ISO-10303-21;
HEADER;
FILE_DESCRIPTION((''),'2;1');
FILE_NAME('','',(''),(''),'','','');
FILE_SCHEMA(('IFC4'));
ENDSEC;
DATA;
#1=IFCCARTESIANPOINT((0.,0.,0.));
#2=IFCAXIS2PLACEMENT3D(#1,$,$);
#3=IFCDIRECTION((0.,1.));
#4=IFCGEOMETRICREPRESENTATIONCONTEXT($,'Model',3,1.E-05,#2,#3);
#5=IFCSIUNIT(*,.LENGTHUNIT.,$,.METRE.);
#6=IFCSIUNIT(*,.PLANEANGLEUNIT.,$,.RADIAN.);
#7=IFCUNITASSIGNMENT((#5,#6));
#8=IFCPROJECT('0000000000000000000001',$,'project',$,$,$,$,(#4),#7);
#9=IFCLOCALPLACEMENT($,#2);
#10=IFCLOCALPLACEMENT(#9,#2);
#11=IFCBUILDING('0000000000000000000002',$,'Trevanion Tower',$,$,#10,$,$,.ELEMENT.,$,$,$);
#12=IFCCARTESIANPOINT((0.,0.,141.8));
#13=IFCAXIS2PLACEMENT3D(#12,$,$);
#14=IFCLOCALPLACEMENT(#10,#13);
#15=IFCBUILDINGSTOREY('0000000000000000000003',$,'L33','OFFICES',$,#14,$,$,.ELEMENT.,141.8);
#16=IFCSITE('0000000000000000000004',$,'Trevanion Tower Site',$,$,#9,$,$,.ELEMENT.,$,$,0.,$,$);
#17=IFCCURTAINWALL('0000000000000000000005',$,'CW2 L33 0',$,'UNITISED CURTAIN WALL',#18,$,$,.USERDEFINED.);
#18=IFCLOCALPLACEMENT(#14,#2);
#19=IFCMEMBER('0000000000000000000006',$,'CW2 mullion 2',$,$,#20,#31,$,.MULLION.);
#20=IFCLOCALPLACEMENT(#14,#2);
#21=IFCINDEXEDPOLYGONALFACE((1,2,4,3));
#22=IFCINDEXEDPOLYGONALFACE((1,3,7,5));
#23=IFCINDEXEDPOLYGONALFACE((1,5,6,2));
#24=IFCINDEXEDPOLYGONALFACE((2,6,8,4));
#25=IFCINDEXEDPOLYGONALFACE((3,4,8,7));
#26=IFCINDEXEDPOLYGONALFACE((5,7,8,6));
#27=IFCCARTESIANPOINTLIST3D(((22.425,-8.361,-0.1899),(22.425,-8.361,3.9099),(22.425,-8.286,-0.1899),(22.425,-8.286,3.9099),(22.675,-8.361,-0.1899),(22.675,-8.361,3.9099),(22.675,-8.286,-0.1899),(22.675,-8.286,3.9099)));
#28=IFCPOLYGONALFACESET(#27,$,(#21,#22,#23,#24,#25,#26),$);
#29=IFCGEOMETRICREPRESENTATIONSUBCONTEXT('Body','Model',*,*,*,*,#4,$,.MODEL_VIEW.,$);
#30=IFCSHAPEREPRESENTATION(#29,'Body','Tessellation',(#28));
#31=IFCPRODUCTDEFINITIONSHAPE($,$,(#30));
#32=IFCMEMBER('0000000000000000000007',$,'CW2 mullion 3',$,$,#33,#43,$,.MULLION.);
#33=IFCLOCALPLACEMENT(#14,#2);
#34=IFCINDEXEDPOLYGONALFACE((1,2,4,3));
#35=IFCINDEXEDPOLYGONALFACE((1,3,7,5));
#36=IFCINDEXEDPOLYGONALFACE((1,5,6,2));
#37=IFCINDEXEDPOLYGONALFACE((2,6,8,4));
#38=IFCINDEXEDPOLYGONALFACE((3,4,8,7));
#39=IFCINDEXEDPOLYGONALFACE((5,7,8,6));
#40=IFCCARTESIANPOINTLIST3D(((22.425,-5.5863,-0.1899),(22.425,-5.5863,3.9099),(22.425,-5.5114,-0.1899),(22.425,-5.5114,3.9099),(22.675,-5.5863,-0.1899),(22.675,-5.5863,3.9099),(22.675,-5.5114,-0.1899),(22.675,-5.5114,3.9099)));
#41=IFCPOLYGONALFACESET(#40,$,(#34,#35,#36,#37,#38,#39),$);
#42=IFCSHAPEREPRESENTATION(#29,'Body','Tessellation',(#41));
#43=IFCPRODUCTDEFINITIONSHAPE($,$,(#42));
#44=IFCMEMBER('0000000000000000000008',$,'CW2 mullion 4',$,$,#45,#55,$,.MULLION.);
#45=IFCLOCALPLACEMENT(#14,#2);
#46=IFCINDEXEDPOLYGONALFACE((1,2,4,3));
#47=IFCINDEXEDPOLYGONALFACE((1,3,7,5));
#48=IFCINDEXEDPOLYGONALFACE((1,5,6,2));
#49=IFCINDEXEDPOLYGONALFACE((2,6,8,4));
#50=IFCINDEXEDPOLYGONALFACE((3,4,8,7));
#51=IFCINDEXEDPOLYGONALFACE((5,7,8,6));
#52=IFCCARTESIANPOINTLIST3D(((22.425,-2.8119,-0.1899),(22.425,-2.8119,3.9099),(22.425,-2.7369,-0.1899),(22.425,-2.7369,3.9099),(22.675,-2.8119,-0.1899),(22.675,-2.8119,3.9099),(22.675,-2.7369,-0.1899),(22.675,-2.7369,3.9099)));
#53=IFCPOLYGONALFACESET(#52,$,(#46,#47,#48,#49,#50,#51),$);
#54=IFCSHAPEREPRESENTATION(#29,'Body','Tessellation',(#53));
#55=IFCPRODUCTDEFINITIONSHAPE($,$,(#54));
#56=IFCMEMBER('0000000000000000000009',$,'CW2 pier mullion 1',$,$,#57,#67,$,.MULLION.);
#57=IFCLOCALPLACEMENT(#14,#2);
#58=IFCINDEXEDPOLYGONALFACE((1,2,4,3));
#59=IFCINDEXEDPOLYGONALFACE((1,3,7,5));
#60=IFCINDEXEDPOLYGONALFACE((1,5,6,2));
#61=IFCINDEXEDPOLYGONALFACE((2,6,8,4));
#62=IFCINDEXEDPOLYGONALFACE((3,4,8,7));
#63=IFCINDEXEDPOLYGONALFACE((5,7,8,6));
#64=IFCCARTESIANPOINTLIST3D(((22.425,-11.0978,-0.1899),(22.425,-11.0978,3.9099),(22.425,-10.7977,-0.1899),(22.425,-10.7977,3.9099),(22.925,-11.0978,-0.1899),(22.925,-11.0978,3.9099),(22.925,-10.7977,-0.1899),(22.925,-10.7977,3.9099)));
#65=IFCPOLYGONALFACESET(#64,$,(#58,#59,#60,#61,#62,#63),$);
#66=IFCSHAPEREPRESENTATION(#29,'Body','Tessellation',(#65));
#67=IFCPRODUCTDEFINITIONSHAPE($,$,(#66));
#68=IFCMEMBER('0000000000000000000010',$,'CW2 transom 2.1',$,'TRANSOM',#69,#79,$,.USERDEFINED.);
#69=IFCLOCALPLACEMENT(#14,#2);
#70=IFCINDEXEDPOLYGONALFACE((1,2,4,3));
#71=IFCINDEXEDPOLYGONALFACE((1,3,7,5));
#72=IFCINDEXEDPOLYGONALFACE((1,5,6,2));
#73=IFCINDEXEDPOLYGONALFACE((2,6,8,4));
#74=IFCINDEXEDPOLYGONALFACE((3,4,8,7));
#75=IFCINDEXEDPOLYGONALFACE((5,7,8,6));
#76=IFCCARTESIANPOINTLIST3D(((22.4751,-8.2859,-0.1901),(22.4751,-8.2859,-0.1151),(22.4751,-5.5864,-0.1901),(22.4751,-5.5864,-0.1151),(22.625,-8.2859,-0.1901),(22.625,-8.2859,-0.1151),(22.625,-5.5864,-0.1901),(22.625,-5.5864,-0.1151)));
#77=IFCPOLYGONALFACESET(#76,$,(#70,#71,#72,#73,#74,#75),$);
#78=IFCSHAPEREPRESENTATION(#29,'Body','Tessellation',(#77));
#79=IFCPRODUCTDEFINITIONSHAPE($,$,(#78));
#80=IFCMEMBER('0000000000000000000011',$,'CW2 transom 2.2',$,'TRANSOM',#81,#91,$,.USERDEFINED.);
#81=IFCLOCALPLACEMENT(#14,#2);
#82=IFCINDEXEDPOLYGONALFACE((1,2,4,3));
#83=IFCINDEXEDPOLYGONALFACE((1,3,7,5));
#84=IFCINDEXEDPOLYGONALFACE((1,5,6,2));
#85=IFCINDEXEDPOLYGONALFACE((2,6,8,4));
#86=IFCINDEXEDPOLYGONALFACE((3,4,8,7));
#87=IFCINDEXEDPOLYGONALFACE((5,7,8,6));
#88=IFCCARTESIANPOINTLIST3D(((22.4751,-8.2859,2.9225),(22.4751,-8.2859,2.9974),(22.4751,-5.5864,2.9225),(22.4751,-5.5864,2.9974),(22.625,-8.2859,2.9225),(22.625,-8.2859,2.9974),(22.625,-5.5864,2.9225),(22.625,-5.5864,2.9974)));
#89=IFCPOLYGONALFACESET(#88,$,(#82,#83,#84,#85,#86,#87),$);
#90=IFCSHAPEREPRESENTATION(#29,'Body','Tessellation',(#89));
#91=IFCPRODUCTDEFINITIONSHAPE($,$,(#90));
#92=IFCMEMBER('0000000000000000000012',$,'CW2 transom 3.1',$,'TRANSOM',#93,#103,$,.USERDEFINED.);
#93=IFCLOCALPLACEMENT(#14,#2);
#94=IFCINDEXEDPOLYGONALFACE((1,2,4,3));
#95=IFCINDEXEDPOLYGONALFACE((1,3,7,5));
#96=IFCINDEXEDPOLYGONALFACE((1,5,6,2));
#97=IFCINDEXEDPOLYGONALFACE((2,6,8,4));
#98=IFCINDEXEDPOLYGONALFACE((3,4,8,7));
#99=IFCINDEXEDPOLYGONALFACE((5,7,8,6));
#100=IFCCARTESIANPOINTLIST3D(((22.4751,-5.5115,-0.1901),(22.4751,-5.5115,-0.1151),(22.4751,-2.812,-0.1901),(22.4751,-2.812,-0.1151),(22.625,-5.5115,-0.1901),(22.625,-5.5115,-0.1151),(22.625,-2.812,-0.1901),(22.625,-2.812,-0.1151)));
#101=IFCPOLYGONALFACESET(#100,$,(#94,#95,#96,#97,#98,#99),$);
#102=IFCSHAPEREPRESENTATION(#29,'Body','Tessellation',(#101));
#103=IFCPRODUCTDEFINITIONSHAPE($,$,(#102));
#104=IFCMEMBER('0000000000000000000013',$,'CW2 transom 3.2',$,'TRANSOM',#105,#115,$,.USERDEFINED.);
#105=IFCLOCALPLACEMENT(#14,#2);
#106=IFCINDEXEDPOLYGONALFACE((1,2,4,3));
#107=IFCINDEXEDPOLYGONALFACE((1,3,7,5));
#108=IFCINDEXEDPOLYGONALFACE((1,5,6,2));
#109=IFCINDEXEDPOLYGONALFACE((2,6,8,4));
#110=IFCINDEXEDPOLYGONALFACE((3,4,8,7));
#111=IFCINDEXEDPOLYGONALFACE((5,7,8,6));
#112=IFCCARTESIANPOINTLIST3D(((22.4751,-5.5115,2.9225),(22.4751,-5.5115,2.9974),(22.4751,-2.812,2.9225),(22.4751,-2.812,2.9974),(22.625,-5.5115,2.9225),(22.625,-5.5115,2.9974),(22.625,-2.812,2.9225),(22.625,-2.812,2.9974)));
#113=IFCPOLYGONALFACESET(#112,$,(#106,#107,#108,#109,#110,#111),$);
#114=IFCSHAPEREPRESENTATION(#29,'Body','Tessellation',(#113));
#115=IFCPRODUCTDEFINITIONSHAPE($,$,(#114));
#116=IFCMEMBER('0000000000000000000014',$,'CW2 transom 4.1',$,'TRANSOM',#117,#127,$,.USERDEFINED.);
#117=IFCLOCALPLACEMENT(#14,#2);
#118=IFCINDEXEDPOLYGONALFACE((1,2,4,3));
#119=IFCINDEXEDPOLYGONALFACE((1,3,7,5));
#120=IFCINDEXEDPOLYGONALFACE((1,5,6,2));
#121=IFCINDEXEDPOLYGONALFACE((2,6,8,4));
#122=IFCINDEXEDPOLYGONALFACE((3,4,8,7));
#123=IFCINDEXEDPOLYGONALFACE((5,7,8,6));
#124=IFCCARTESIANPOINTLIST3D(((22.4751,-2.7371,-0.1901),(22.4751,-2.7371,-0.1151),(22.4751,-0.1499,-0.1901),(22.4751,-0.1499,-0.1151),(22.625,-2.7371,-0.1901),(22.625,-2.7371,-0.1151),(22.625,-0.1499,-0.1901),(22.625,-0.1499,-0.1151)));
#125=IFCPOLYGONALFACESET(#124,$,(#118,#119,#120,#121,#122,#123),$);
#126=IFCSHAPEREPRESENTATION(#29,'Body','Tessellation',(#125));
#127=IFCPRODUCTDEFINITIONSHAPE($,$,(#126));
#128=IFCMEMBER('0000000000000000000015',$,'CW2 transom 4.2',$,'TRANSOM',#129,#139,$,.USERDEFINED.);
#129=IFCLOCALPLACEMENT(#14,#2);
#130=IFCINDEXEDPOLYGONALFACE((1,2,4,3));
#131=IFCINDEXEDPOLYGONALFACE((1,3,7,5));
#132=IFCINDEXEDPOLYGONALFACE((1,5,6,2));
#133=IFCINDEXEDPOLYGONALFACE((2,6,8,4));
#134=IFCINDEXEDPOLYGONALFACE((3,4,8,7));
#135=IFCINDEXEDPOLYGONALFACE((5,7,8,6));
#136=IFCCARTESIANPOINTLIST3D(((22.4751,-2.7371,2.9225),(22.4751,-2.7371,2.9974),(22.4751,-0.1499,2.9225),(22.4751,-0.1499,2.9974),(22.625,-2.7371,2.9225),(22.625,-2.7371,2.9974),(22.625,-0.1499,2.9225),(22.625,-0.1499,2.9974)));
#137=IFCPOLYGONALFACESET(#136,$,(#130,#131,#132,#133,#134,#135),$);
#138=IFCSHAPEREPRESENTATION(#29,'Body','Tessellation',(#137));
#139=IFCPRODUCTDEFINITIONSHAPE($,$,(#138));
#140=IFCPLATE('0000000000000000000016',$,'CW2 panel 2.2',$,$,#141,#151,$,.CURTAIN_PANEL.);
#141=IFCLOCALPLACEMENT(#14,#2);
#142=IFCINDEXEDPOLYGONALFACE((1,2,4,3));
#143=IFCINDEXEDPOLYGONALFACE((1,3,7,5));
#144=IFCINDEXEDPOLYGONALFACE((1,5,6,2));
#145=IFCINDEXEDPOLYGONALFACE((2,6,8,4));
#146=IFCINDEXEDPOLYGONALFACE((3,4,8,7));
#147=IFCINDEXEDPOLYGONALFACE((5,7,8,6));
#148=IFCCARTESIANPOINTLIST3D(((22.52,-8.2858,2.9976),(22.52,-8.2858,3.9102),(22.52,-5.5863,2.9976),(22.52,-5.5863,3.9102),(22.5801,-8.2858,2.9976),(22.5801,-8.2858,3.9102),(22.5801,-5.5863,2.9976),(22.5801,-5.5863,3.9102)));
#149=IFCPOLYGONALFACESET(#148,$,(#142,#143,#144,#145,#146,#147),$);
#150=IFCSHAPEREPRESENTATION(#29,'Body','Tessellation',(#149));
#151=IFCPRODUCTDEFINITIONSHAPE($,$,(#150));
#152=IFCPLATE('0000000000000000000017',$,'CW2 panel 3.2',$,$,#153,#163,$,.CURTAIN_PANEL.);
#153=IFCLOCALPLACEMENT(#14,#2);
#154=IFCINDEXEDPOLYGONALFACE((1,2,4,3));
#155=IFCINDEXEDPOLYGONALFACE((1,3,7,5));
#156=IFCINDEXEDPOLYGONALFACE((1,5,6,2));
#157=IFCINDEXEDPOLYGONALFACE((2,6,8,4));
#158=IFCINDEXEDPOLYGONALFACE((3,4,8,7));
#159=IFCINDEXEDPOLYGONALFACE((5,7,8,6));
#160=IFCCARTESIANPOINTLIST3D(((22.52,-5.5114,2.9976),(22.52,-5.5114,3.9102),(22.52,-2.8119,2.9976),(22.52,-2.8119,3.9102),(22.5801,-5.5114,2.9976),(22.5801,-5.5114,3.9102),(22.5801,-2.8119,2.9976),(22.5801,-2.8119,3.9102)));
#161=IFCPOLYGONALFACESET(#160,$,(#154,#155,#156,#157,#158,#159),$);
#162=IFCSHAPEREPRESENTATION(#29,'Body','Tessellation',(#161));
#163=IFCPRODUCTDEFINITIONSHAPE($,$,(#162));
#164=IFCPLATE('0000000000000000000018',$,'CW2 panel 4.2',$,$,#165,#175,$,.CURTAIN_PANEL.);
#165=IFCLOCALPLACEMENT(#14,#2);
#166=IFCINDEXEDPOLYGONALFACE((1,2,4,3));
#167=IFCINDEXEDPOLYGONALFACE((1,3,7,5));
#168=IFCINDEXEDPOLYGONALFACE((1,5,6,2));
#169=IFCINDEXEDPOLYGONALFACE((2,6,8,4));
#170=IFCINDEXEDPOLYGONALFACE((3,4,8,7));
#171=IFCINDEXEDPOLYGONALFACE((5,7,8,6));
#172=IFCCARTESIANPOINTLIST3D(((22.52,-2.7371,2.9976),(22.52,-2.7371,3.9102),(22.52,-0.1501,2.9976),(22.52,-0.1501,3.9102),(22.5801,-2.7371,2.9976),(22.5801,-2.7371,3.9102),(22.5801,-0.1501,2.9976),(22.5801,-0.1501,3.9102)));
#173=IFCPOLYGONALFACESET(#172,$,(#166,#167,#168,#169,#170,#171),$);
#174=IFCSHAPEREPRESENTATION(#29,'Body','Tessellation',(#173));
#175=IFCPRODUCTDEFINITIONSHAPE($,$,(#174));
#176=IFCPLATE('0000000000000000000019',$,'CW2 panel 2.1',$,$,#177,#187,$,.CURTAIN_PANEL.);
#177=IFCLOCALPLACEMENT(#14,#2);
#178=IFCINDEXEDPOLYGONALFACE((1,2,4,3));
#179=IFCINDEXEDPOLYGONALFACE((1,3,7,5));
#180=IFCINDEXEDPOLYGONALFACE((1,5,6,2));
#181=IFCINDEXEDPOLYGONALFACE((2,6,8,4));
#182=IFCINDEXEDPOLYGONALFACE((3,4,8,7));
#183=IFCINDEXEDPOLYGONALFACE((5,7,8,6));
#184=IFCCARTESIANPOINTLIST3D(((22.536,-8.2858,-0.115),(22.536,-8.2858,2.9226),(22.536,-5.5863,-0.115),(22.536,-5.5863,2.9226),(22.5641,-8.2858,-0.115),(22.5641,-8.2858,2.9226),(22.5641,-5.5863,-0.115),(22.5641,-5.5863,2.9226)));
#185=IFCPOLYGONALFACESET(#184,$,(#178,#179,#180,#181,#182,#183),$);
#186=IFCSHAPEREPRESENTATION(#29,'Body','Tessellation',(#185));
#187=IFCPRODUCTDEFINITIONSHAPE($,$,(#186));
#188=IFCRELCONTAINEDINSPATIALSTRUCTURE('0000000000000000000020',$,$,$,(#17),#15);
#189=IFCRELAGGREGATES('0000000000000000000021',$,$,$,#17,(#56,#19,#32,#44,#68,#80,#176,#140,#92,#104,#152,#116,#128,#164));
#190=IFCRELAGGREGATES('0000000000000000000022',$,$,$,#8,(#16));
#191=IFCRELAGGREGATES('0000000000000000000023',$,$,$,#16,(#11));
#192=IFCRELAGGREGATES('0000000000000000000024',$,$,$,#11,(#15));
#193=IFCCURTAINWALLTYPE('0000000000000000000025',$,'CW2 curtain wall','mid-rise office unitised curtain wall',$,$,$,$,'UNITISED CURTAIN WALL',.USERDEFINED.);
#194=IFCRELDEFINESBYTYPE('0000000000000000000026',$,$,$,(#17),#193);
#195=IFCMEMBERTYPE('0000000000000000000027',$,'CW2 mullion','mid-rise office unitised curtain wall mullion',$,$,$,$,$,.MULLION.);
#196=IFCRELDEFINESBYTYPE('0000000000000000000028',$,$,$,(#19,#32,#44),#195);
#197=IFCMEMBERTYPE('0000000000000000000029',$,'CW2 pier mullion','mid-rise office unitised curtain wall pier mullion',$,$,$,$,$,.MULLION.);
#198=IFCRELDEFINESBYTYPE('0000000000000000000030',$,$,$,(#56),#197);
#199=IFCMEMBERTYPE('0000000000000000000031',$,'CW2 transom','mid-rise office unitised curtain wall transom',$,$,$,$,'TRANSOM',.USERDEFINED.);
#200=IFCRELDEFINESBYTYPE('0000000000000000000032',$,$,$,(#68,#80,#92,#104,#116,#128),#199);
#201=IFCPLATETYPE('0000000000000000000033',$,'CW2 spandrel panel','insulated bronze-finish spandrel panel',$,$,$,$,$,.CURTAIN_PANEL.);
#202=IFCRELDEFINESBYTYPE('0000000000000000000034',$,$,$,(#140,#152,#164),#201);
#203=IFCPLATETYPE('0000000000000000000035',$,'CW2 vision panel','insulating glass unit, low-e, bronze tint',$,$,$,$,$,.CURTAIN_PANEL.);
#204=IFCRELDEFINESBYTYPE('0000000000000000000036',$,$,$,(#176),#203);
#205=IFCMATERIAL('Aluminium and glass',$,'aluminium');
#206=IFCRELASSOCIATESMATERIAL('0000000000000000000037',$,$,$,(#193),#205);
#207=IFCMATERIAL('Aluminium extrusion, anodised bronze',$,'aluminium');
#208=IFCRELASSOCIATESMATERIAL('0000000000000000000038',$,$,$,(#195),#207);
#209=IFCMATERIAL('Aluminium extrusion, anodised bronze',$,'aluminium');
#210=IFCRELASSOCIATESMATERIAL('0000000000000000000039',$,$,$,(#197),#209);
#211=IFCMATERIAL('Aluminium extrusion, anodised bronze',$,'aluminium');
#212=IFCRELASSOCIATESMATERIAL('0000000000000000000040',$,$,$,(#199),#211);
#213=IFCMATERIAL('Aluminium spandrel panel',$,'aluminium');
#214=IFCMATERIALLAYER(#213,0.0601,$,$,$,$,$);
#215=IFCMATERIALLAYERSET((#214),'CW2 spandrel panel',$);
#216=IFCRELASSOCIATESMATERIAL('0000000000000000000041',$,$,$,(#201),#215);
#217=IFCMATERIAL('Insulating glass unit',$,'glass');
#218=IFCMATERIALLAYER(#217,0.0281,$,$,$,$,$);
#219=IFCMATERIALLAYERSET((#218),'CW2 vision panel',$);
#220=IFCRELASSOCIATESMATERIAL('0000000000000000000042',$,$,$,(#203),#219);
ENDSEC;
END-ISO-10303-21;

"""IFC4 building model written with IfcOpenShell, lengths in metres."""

from ifc_helpers import new_model, si_unit, direction, frame, origin, origin_2d, place, context, subcontext, project, spatial, rectangle, extrude, material, layer, layer_set, material_profile, profile_set, type_object, element, aggregate, save


model = new_model("IFC4")

# Units and contexts
model_context = context("Model", 3, precision=1e-05, world=origin(), true_north=direction((0.0, 1.0)))
body_context = subcontext(model_context, "Body", "Model", "MODEL_VIEW")
ifc_project = project(units=[si_unit("LENGTHUNIT", "METRE"), si_unit("PLANEANGLEUNIT", "RADIAN")], contexts=[model_context])

# Site, building, storey
site_placement = place(None, origin())
site = spatial("IfcSite", under=ifc_project, at=site_placement, Name="Trevanion Tower Site", CompositionType="ELEMENT", RefElevation=0.0)
building_placement = place(site_placement, origin())
building = spatial("IfcBuilding", under=site, at=building_placement, Name="Trevanion Tower", CompositionType="ELEMENT")
storey_placement = place(building_placement, frame((0.0, 0.0, 141.8)))
storey = spatial("IfcBuildingStorey", under=building, at=storey_placement, Name="L33", Description="OFFICES", CompositionType="ELEMENT", Elevation=141.8)

# Curtain wall, members, plates
ifc_material_1 = material(Name="Aluminium and glass", Category="aluminium")
curtain_wall_type = type_object("IfcCurtainWallType", Name="CW2 curtain wall", Description="mid-rise office unitised curtain wall", ElementType="UNITISED CURTAIN WALL", PredefinedType="USERDEFINED", material=ifc_material_1)
curtain_wall_placement = place(storey_placement, origin())
curtain_wall = element("IfcCurtainWall", 1, at=curtain_wall_placement, inside=storey, type_object=curtain_wall_type, Name="CW2 L33 0", ObjectType="UNITISED CURTAIN WALL", PredefinedType="USERDEFINED")
ifc_material_2 = material(Name="Aluminium extrusion, anodised bronze", Category="aluminium")
ifc_material_profile_1 = material_profile(ifc_material_2, rectangle(XDim=0.075, YDim=0.25, at=origin_2d()), Name="CW2 mullion")
ifc_profile_set_1 = profile_set([ifc_material_profile_1], Name="Aluminium extrusion, anodised bronze")
member_type_1 = type_object("IfcMemberType", Name="CW2 mullion", Description="mid-rise office unitised curtain wall mullion", PredefinedType="MULLION", material=ifc_profile_set_1)
member_1_placement = place(storey_placement, frame((22.55, -8.3235, -0.1899), z_axis=(0.0, 0.0, 1.0), x_axis=(0.0, 1.0, 0.0)))
member_1 = element("IfcMember", 2, at=member_1_placement, type_object=member_type_1, Name="CW2 mullion 2", PredefinedType="MULLION", context=body_context, shape_type="SweptSolid", body=[
    extrude(rectangle(XDim=0.075, YDim=0.25, at=origin_2d()), origin(), (0.0, 0.0, 1.0), 4.0999),
])
member_2_placement = place(storey_placement, frame((22.55, -5.5488, -0.1899), z_axis=(0.0, 0.0, 1.0), x_axis=(0.0, 1.0, 0.0)))
member_2 = element("IfcMember", 3, at=member_2_placement, type_object=member_type_1, Name="CW2 mullion 3", PredefinedType="MULLION", context=body_context, shape_type="SweptSolid", body=[
    extrude(rectangle(XDim=0.075, YDim=0.25, at=origin_2d()), origin(), (0.0, 0.0, 1.0), 4.0999),
])
member_3_placement = place(storey_placement, frame((22.55, -2.7744, -0.1899), z_axis=(0.0, 0.0, 1.0), x_axis=(0.0, 1.0, 0.0)))
member_3 = element("IfcMember", 4, at=member_3_placement, type_object=member_type_1, Name="CW2 mullion 4", PredefinedType="MULLION", context=body_context, shape_type="SweptSolid", body=[
    extrude(rectangle(XDim=0.075, YDim=0.25, at=origin_2d()), origin(), (0.0, 0.0, 1.0), 4.0999),
])
ifc_material_3 = material(Name="Aluminium extrusion, anodised bronze", Category="aluminium")
ifc_material_profile_2 = material_profile(ifc_material_3, rectangle(XDim=0.3, YDim=0.5, at=origin_2d()), Name="CW2 pier mullion")
ifc_profile_set_2 = profile_set([ifc_material_profile_2], Name="Aluminium extrusion, anodised bronze")
member_type_2 = type_object("IfcMemberType", Name="CW2 pier mullion", Description="mid-rise office unitised curtain wall pier mullion", PredefinedType="MULLION", material=ifc_profile_set_2)
member_4_placement = place(storey_placement, frame((22.675, -10.9478, -0.1899), z_axis=(0.0, 0.0, 1.0), x_axis=(0.0, 1.0, 0.0)))
member_4 = element("IfcMember", 5, at=member_4_placement, type_object=member_type_2, Name="CW2 pier mullion 1", PredefinedType="MULLION", context=body_context, shape_type="SweptSolid", body=[
    extrude(rectangle(XDim=0.3, YDim=0.5, at=origin_2d()), origin(), (0.0, 0.0, 1.0), 4.0999),
])
ifc_material_4 = material(Name="Aluminium extrusion, anodised bronze", Category="aluminium")
ifc_material_profile_3 = material_profile(ifc_material_4, rectangle(XDim=0.1499, YDim=0.075, at=origin_2d()), Name="CW2 transom")
ifc_profile_set_3 = profile_set([ifc_material_profile_3], Name="Aluminium extrusion, anodised bronze")
member_type_3 = type_object("IfcMemberType", Name="CW2 transom", Description="mid-rise office unitised curtain wall transom", ElementType="TRANSOM", PredefinedType="USERDEFINED", material=ifc_profile_set_3)
member_5_placement = place(storey_placement, frame((22.55, -8.2859, -0.1526), z_axis=(0.0, 1.0, 0.0), x_axis=(-1.0, 0.0, 0.0)))
member_5 = element("IfcMember", 6, at=member_5_placement, type_object=member_type_3, Name="CW2 transom 2.1", ObjectType="TRANSOM", PredefinedType="USERDEFINED", context=body_context, shape_type="SweptSolid", body=[
    extrude(rectangle(XDim=0.1499, YDim=0.075, at=origin_2d()), origin(), (0.0, 0.0, 1.0), 2.6995),
])
member_6_placement = place(storey_placement, frame((22.55, -8.2859, 2.96), z_axis=(0.0, 1.0, 0.0), x_axis=(-1.0, 0.0, 0.0)))
member_6 = element("IfcMember", 7, at=member_6_placement, type_object=member_type_3, Name="CW2 transom 2.2", ObjectType="TRANSOM", PredefinedType="USERDEFINED", context=body_context, shape_type="SweptSolid", body=[
    extrude(rectangle(XDim=0.1499, YDim=0.075, at=origin_2d()), origin(), (0.0, 0.0, 1.0), 2.6995),
])
member_7_placement = place(storey_placement, frame((22.55, -5.5115, -0.1526), z_axis=(0.0, 1.0, 0.0), x_axis=(-1.0, 0.0, 0.0)))
member_7 = element("IfcMember", 8, at=member_7_placement, type_object=member_type_3, Name="CW2 transom 3.1", ObjectType="TRANSOM", PredefinedType="USERDEFINED", context=body_context, shape_type="SweptSolid", body=[
    extrude(rectangle(XDim=0.1499, YDim=0.075, at=origin_2d()), origin(), (0.0, 0.0, 1.0), 2.6995),
])
member_8_placement = place(storey_placement, frame((22.55, -5.5115, 2.96), z_axis=(0.0, 1.0, 0.0), x_axis=(-1.0, 0.0, 0.0)))
member_8 = element("IfcMember", 9, at=member_8_placement, type_object=member_type_3, Name="CW2 transom 3.2", ObjectType="TRANSOM", PredefinedType="USERDEFINED", context=body_context, shape_type="SweptSolid", body=[
    extrude(rectangle(XDim=0.1499, YDim=0.075, at=origin_2d()), origin(), (0.0, 0.0, 1.0), 2.6995),
])
member_9_placement = place(storey_placement, frame((22.55, -2.7371, -0.1526), z_axis=(0.0, 1.0, 0.0), x_axis=(-1.0, 0.0, 0.0)))
member_9 = element("IfcMember", 10, at=member_9_placement, type_object=member_type_3, Name="CW2 transom 4.1", ObjectType="TRANSOM", PredefinedType="USERDEFINED", context=body_context, shape_type="SweptSolid", body=[
    extrude(rectangle(XDim=0.1499, YDim=0.075, at=origin_2d()), origin(), (0.0, 0.0, 1.0), 2.5872),
])
member_10_placement = place(storey_placement, frame((22.55, -2.7371, 2.96), z_axis=(0.0, 1.0, 0.0), x_axis=(-1.0, 0.0, 0.0)))
member_10 = element("IfcMember", 11, at=member_10_placement, type_object=member_type_3, Name="CW2 transom 4.2", ObjectType="TRANSOM", PredefinedType="USERDEFINED", context=body_context, shape_type="SweptSolid", body=[
    extrude(rectangle(XDim=0.1499, YDim=0.075, at=origin_2d()), origin(), (0.0, 0.0, 1.0), 2.5872),
])
ifc_material_5 = material(Name="Aluminium spandrel panel", Category="aluminium")
ifc_layer_1 = layer(ifc_material_5, 0.0601)
ifc_layer_set_1 = layer_set([ifc_layer_1], Name="CW2 spandrel panel")
plate_type_1 = type_object("IfcPlateType", Name="CW2 spandrel panel", Description="insulated bronze-finish spandrel panel", PredefinedType="CURTAIN_PANEL", material=ifc_layer_set_1)
plate_1_placement = place(storey_placement, frame((22.55, -6.936, 2.9976), z_axis=(0.0, 0.0, 1.0), x_axis=(0.0, 1.0, 0.0)))
plate_1 = element("IfcPlate", 12, at=plate_1_placement, type_object=plate_type_1, Name="CW2 panel 2.2", PredefinedType="CURTAIN_PANEL", context=body_context, shape_type="SweptSolid", body=[
    extrude(rectangle(XDim=2.6995, YDim=0.0601, at=origin_2d()), origin(), (0.0, 0.0, 1.0), 0.9126),
])
plate_2_placement = place(storey_placement, frame((22.55, -4.1616, 2.9976), z_axis=(0.0, 0.0, 1.0), x_axis=(0.0, 1.0, 0.0)))
plate_2 = element("IfcPlate", 13, at=plate_2_placement, type_object=plate_type_1, Name="CW2 panel 3.2", PredefinedType="CURTAIN_PANEL", context=body_context, shape_type="SweptSolid", body=[
    extrude(rectangle(XDim=2.6995, YDim=0.0601, at=origin_2d()), origin(), (0.0, 0.0, 1.0), 0.9126),
])
plate_3_placement = place(storey_placement, frame((22.55, -1.4436, 2.9976), z_axis=(0.0, 0.0, 1.0), x_axis=(0.0, 1.0, 0.0)))
plate_3 = element("IfcPlate", 14, at=plate_3_placement, type_object=plate_type_1, Name="CW2 panel 4.2", PredefinedType="CURTAIN_PANEL", context=body_context, shape_type="SweptSolid", body=[
    extrude(rectangle(XDim=2.5869, YDim=0.0601, at=origin_2d()), origin(), (0.0, 0.0, 1.0), 0.9126),
])
ifc_material_6 = material(Name="Insulating glass unit", Category="glass")
ifc_layer_2 = layer(ifc_material_6, 0.0281)
ifc_layer_set_2 = layer_set([ifc_layer_2], Name="CW2 vision panel")
plate_type_2 = type_object("IfcPlateType", Name="CW2 vision panel", Description="insulating glass unit, low-e, bronze tint", PredefinedType="CURTAIN_PANEL", material=ifc_layer_set_2)
plate_4_placement = place(storey_placement, frame((22.55, -6.936, -0.115), z_axis=(0.0, 0.0, 1.0), x_axis=(0.0, 1.0, 0.0)))
plate_4 = element("IfcPlate", 15, at=plate_4_placement, type_object=plate_type_2, Name="CW2 panel 2.1", PredefinedType="CURTAIN_PANEL", context=body_context, shape_type="SweptSolid", body=[
    extrude(rectangle(XDim=2.6995, YDim=0.0281, at=origin_2d()), origin(), (0.0, 0.0, 1.0), 3.0376),
])
aggregate(curtain_wall, [member_4, member_1, member_2, member_3, member_5, member_6, plate_4, plate_1, member_7, member_8, plate_2, member_9, member_10, plate_3])

save(model, "model.ifc")
